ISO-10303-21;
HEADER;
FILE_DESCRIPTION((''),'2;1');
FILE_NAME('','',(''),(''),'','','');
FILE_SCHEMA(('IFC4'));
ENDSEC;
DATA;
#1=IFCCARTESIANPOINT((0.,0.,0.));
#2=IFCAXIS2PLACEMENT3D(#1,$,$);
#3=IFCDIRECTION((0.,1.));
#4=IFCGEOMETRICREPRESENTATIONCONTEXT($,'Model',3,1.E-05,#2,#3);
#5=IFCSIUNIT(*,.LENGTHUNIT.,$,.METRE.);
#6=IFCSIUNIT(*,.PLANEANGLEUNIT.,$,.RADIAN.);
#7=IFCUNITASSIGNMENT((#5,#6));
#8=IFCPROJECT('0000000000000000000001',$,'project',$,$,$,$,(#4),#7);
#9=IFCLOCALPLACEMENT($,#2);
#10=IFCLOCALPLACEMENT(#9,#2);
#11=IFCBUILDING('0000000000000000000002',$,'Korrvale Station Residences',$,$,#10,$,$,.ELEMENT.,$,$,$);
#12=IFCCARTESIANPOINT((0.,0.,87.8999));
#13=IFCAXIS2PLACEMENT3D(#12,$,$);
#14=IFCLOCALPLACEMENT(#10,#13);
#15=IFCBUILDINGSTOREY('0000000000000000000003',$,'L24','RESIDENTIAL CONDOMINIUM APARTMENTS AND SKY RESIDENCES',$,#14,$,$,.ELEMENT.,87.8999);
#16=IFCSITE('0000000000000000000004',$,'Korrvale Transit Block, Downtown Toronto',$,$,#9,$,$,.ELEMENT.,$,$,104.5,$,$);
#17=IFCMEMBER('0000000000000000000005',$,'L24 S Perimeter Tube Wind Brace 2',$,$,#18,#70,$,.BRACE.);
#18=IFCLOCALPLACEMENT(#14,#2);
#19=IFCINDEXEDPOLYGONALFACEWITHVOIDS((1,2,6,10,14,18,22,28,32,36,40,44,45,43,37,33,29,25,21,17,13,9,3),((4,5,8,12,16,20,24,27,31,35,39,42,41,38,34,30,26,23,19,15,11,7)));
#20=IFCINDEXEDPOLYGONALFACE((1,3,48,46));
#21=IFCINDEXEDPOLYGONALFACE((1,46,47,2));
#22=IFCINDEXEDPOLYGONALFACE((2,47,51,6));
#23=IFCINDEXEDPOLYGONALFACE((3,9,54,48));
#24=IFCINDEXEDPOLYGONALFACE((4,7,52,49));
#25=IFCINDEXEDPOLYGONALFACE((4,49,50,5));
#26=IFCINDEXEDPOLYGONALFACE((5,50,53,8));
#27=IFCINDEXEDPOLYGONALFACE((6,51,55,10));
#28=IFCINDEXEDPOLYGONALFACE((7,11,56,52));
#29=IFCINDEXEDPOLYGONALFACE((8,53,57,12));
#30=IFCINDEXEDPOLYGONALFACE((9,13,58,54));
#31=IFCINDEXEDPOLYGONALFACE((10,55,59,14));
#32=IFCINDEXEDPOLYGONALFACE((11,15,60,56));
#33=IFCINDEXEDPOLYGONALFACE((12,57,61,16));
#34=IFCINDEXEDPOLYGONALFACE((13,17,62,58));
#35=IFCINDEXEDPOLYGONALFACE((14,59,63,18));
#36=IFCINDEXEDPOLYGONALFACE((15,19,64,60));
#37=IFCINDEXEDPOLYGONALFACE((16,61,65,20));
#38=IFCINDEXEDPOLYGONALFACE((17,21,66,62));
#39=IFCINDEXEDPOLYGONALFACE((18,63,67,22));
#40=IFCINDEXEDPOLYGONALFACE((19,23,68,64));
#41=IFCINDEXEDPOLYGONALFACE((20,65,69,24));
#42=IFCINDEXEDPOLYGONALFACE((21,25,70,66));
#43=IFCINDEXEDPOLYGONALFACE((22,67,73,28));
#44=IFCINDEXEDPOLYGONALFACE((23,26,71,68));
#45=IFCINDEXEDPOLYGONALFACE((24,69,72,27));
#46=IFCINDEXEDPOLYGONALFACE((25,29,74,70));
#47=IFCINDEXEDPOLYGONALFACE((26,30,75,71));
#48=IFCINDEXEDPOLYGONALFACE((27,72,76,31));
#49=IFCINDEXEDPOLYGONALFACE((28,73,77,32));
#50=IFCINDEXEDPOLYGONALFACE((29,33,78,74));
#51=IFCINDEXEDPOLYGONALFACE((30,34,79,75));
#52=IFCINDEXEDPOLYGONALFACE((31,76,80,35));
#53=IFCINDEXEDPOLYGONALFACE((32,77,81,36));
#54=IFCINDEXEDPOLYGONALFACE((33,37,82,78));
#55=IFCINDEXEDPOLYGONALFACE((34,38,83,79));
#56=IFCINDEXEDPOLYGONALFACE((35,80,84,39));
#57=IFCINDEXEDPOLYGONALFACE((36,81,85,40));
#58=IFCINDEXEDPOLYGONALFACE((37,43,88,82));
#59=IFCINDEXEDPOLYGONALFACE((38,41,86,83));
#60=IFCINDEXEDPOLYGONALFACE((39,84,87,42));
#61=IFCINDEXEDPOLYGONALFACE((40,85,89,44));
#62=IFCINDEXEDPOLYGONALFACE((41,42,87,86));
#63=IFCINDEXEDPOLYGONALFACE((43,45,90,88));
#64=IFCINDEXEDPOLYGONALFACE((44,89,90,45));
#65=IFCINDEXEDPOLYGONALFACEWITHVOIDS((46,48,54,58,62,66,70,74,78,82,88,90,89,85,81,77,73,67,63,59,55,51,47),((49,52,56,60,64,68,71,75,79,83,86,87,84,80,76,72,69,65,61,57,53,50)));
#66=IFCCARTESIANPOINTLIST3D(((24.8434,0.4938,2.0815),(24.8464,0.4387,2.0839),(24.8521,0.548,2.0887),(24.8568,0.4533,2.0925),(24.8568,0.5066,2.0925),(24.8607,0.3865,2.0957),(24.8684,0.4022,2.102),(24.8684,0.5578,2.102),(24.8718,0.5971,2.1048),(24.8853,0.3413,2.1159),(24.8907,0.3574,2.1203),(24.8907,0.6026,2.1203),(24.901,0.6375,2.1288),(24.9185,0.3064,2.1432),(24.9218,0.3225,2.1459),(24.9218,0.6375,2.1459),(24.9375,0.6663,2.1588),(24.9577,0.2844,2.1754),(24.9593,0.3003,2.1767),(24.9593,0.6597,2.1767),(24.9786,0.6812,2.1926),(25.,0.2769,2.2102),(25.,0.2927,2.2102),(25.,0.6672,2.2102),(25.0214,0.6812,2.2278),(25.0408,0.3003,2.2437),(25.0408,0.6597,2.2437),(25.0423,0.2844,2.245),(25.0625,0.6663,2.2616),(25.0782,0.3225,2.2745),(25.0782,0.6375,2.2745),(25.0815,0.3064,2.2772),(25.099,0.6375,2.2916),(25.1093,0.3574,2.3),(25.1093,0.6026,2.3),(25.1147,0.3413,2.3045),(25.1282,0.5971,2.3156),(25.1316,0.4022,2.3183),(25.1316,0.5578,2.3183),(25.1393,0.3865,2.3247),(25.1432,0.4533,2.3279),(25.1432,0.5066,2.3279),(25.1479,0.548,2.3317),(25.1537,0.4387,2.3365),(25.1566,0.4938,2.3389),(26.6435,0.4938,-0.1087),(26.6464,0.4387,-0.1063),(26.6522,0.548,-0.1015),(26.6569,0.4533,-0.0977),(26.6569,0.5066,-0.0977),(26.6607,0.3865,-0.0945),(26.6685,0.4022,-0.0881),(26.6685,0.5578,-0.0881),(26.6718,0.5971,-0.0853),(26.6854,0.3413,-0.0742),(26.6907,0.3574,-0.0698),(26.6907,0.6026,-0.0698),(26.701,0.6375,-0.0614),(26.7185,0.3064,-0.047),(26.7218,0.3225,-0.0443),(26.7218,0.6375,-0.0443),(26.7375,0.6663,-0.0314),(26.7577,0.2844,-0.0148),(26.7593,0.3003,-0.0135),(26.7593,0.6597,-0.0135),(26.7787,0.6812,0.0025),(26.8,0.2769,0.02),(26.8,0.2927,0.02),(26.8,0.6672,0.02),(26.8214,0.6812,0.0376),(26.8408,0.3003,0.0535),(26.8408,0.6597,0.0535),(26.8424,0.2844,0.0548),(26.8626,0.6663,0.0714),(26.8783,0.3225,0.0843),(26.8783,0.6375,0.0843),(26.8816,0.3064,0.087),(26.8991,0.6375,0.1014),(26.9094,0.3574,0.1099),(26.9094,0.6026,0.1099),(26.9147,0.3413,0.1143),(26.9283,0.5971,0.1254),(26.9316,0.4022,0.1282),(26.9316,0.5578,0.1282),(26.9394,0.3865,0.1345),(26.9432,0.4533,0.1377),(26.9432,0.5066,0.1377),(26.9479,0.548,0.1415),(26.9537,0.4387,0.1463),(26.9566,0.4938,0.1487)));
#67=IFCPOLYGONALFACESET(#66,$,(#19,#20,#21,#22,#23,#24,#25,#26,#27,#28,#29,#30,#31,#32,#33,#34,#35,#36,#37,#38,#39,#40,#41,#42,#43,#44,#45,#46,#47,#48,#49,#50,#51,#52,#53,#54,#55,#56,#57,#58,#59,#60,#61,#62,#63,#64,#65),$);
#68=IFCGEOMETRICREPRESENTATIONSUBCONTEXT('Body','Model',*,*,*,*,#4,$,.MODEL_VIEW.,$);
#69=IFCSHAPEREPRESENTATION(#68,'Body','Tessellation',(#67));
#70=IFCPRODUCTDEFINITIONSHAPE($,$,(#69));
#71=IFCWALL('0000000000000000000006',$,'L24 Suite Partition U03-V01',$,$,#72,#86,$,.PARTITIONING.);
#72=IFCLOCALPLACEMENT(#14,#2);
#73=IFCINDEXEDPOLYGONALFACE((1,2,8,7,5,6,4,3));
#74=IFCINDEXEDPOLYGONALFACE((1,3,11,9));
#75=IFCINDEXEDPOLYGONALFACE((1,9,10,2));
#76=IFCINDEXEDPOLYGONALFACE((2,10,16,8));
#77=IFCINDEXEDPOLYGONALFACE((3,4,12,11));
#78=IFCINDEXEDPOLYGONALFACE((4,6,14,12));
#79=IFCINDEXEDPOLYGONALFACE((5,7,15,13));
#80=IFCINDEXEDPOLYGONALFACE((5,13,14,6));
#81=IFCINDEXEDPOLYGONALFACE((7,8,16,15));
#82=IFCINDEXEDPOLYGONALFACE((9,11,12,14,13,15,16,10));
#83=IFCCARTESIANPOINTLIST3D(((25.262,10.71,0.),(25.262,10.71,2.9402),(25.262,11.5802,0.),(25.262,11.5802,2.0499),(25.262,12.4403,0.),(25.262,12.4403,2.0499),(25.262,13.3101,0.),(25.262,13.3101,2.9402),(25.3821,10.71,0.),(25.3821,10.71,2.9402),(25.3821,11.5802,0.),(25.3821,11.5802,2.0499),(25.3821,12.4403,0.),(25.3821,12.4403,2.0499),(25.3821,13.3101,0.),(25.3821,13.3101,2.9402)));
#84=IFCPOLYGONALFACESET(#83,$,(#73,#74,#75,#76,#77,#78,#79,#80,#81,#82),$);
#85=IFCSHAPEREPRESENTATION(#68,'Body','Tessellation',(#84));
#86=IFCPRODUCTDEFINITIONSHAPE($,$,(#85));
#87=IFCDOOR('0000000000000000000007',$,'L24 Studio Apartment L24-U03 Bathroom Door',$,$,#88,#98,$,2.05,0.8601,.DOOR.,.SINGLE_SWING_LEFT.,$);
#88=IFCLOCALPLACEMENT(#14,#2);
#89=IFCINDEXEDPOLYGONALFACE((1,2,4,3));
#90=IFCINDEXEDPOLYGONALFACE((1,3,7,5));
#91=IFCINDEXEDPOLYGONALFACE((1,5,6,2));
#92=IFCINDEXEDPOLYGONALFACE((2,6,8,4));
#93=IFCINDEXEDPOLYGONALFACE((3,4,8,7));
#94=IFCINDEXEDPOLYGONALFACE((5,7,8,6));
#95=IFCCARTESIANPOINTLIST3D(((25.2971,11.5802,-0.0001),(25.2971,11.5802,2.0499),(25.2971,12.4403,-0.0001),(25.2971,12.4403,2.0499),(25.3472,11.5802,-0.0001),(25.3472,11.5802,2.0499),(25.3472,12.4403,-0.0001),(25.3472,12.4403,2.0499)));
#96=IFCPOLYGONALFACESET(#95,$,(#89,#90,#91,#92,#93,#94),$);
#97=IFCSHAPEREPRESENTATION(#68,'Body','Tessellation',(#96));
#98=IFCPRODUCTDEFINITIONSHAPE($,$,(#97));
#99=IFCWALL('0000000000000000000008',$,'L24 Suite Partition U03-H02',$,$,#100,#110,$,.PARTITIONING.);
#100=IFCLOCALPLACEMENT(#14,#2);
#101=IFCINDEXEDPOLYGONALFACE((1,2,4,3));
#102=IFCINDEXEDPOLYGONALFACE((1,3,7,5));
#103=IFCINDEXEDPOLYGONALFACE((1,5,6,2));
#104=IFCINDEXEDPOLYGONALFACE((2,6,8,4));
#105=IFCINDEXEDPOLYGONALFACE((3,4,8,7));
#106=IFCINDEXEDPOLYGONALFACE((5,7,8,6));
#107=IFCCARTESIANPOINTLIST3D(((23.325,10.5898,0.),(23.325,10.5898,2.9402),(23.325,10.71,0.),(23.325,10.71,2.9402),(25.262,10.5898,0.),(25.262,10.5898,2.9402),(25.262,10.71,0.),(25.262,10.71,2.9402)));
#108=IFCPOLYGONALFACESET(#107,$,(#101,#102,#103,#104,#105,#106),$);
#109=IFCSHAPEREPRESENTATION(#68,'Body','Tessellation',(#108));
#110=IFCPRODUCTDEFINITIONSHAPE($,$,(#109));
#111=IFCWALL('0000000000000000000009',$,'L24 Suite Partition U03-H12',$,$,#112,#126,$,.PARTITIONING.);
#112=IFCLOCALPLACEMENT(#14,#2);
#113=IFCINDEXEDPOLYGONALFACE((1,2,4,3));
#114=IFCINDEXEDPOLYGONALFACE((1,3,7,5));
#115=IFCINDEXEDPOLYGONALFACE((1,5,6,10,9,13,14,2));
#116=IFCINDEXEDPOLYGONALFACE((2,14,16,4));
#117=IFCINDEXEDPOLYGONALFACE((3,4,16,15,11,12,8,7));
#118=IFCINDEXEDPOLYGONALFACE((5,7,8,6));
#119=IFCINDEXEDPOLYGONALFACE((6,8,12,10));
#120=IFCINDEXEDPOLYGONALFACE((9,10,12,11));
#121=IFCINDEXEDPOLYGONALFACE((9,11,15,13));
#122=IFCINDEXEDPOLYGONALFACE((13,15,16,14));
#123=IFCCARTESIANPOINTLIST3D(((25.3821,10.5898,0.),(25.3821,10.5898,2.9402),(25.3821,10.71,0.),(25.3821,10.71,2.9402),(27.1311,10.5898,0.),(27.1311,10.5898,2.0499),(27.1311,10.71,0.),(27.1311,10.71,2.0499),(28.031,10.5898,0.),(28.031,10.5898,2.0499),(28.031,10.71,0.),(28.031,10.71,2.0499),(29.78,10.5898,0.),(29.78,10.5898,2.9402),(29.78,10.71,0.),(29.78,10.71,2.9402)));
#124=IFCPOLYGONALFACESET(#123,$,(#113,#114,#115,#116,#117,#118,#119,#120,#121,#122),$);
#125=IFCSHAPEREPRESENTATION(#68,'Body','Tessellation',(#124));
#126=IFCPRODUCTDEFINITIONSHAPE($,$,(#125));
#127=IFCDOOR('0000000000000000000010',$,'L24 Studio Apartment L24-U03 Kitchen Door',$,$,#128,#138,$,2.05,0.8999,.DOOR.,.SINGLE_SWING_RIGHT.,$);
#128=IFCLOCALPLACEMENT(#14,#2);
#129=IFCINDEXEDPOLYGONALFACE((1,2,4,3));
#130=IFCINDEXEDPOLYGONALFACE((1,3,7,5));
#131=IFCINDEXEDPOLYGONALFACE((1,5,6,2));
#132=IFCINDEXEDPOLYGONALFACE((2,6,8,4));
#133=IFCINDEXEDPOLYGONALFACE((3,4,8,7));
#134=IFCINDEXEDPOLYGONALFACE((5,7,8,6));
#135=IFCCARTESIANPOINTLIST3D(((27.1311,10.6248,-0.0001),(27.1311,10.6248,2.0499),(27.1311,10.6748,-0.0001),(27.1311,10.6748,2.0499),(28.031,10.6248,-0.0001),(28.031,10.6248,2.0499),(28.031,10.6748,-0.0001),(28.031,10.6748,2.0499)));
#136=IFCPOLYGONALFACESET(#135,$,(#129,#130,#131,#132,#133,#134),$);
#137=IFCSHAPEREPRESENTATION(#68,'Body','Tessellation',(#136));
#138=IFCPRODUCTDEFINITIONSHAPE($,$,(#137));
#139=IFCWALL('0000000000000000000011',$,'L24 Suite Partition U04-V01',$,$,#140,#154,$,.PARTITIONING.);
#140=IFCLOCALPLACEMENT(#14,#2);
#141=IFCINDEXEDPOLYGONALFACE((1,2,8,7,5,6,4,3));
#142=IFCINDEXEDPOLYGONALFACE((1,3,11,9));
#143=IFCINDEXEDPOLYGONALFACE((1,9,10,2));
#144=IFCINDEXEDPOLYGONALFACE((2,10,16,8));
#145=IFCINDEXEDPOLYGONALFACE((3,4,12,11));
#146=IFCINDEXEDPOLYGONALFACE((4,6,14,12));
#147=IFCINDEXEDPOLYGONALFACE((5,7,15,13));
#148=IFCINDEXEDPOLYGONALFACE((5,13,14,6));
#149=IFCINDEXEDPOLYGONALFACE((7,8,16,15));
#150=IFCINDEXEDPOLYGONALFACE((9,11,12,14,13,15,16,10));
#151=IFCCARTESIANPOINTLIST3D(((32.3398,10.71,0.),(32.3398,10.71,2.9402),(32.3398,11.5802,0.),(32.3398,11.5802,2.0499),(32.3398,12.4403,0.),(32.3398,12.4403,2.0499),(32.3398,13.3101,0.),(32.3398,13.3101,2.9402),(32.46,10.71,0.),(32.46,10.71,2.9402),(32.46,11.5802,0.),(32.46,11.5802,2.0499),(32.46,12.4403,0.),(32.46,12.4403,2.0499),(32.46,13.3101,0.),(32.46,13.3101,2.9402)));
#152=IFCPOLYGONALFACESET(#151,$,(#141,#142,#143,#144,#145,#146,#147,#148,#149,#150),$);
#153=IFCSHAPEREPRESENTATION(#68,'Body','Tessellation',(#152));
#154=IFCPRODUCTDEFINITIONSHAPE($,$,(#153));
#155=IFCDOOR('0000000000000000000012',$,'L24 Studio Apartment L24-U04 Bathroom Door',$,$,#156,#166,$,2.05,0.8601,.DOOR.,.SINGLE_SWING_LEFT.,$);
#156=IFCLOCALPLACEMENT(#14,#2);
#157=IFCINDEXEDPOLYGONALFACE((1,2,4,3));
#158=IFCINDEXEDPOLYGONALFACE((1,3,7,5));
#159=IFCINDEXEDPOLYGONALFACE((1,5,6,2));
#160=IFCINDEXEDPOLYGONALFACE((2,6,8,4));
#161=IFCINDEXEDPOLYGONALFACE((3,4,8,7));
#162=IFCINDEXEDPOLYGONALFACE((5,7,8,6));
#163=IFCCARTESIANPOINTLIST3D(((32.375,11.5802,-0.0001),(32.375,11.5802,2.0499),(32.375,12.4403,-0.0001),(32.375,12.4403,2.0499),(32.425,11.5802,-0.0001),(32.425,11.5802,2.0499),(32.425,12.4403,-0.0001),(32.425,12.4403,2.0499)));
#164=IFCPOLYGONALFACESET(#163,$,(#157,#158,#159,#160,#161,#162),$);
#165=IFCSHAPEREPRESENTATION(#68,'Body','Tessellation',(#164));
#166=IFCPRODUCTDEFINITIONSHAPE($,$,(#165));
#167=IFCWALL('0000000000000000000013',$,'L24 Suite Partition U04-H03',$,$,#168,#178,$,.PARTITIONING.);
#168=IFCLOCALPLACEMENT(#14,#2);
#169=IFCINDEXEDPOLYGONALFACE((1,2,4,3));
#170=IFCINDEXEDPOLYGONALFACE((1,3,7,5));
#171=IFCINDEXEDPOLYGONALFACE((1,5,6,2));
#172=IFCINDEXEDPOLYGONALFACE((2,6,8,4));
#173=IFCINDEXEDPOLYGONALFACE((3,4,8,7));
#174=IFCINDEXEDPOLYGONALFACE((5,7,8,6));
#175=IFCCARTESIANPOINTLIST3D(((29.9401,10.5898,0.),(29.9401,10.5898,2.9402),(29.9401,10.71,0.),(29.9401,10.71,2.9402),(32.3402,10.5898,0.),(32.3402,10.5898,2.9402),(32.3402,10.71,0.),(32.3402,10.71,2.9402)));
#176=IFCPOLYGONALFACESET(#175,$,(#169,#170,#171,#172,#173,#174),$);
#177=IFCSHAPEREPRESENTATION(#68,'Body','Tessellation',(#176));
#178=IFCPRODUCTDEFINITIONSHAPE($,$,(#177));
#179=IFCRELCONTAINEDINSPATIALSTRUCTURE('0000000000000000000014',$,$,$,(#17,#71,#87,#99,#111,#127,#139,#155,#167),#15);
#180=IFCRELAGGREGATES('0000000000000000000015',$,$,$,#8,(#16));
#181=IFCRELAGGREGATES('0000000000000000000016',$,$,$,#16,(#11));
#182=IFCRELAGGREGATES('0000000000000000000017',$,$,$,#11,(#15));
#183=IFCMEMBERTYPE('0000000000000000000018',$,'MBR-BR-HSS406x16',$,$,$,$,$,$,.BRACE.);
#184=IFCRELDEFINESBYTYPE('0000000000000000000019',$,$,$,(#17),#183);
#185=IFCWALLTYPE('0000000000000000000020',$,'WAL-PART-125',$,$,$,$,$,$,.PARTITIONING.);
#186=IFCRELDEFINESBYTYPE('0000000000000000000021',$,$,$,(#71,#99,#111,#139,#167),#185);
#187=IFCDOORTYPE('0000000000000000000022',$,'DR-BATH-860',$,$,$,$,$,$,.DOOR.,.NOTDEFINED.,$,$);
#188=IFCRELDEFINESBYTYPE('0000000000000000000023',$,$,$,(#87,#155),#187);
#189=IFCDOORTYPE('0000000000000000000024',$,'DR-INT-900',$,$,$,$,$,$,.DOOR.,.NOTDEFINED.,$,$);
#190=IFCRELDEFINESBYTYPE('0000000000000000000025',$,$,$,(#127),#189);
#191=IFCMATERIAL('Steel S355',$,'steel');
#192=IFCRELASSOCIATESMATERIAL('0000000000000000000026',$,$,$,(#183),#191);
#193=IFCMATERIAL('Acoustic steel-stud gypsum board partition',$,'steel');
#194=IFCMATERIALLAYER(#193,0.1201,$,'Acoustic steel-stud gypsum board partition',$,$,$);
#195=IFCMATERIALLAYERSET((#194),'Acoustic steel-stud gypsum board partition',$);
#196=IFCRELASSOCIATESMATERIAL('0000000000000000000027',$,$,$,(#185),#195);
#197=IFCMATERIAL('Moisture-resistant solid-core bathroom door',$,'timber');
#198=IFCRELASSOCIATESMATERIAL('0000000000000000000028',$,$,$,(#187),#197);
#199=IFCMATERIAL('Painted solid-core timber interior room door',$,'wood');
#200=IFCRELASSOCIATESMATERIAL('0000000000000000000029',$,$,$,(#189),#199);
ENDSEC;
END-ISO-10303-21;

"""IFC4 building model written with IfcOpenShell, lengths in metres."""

from ifc_helpers import new_model, si_unit, direction, frame, frame_2d, origin, origin_2d, place, context, subcontext, project, spatial, rectangle, hollow_circle, extrude, material, layer, layer_set, material_profile, profile_set, type_object, element, fill, save


model = new_model("IFC4")

# Units and contexts
model_context = context("Model", 3, precision=1e-05, world=origin(), true_north=direction((0.0, 1.0)))
body_context = subcontext(model_context, "Body", "Model", "MODEL_VIEW")
ifc_project = project(units=[si_unit("LENGTHUNIT", "METRE"), si_unit("PLANEANGLEUNIT", "RADIAN")], contexts=[model_context])

# Site, building, storey
site_placement = place(None, origin())
site = spatial("IfcSite", under=ifc_project, at=site_placement, Name="Korrvale Transit Block, Downtown Toronto", CompositionType="ELEMENT", RefElevation=104.5)
building_placement = place(site_placement, origin())
building = spatial("IfcBuilding", under=site, at=building_placement, Name="Korrvale Station Residences", CompositionType="ELEMENT")
storey_placement = place(building_placement, frame((0.0, 0.0, 87.8999)))
storey = spatial("IfcBuildingStorey", under=building, at=storey_placement, Name="L24", Description="RESIDENTIAL CONDOMINIUM APARTMENTS AND SKY RESIDENCES", CompositionType="ELEMENT", Elevation=87.8999)

# Shared definitions
ifc_material_1 = material(Name="Steel S355", Category="steel")

# Member
ifc_material_profile_1 = material_profile(ifc_material_1, hollow_circle(Radius=0.2031, WallThickness=0.0159, at=origin_2d()), Name="HSS406x16")
ifc_profile_set_1 = profile_set([ifc_material_profile_1], Name="Steel S355")
member_type = type_object("IfcMemberType", Name="MBR-BR-HSS406x16", PredefinedType="BRACE", material=ifc_profile_set_1)
member_placement = place(storey_placement, frame((26.8, 0.48, 0.02), z_axis=(-0.634943, 0.0, 0.772559), x_axis=(0.0, -1.0, 0.0)))
element("IfcMember", 1, at=member_placement, inside=storey, type_object=member_type, Name="L24 S Perimeter Tube Wind Brace 2", PredefinedType="BRACE", context=body_context, shape_type="SweptSolid", body=[
    extrude(hollow_circle(Radius=0.2031, WallThickness=0.0159, at=origin_2d()), origin(), (0.0, 0.0, 1.0), 2.835),
])

# Wall, opening, door
ifc_material_2 = material(Name="Acoustic steel-stud gypsum board partition", Category="steel")
ifc_layer_1 = layer(ifc_material_2, 0.1201, Name="Acoustic steel-stud gypsum board partition")
ifc_layer_set_1 = layer_set([ifc_layer_1], Name="Acoustic steel-stud gypsum board partition")
wall_type_1 = type_object("IfcWallType", Name="WAL-PART-125", PredefinedType="PARTITIONING", material=ifc_layer_set_1)
wall_1_placement = place(storey_placement, frame((25.322, 10.71, 0.0), z_axis=(0.0, 0.0, 1.0), x_axis=(0.0, 1.0, 0.0)))
wall_1 = element("IfcWall", 2, at=wall_1_placement, inside=storey, type_object=wall_type_1, Name="L24 Suite Partition U03-V01", PredefinedType="PARTITIONING", context=body_context, shape_type="SweptSolid", body=[
    extrude(rectangle(XDim=2.6001, YDim=0.1201, at=frame_2d((1.3, 0.0))), origin(), (0.0, 0.0, 1.0), 2.9402),
])
opening_1_placement = place(wall_1_placement, frame((0.8701, 0.0, 0.0)))
opening_1 = element("IfcOpeningElement", 3, at=opening_1_placement, cuts=wall_1, PredefinedType="OPENING", context=body_context, shape_type="SweptSolid", body=[
    extrude(rectangle(XDim=0.8601, YDim=2.05, at=frame_2d((0.4302, 1.0249))), frame((0.0, 0.0701, 0.0), z_axis=(0.0, -1.0, 0.0), x_axis=(1.0, 0.0, 0.0)), (0.0, 0.0, 1.0), 0.1401),
])
ifc_material_3 = material(Name="Moisture-resistant solid-core bathroom door", Category="timber")
door_type_1 = type_object("IfcDoorType", Name="DR-BATH-860", OperationType="NOTDEFINED", PredefinedType="DOOR", material=ifc_material_3)
door_1_placement = place(opening_1_placement, origin())
door_1 = element("IfcDoor", 4, at=door_1_placement, inside=storey, type_object=door_type_1, Name="L24 Studio Apartment L24-U03 Bathroom Door", OperationType="SINGLE_SWING_LEFT", OverallHeight=2.05, OverallWidth=0.8601, PredefinedType="DOOR", context=body_context, shape_type="SweptSolid", body=[
    extrude(rectangle(XDim=0.8601, YDim=2.05, at=frame_2d((0.4302, 1.0249))), frame((0.0, 0.0249, 0.0), z_axis=(0.0, -1.0, 0.0), x_axis=(1.0, 0.0, 0.0)), (0.0, 0.0, 1.0), 0.05),
])
fill(opening_1, door_1)

# Wall
wall_2_placement = place(storey_placement, frame((23.325, 10.6499, 0.0), z_axis=(0.0, 0.0, 1.0), x_axis=(1.0, 0.0, 0.0)))
element("IfcWall", 5, at=wall_2_placement, inside=storey, type_object=wall_type_1, Name="L24 Suite Partition U03-H02", PredefinedType="PARTITIONING", context=body_context, shape_type="SweptSolid", body=[
    extrude(rectangle(XDim=1.937, YDim=0.1201, at=frame_2d((0.9685, 0.0))), origin(), (0.0, 0.0, 1.0), 2.9402),
])

# Walls, openings, doors
wall_3_placement = place(storey_placement, frame((25.3821, 10.6499, 0.0), z_axis=(0.0, 0.0, 1.0), x_axis=(1.0, 0.0, 0.0)))
wall_3 = element("IfcWall", 6, at=wall_3_placement, inside=storey, type_object=wall_type_1, Name="L24 Suite Partition U03-H12", PredefinedType="PARTITIONING", context=body_context, shape_type="SweptSolid", body=[
    extrude(rectangle(XDim=4.3979, YDim=0.1201, at=frame_2d((2.199, 0.0))), origin(), (0.0, 0.0, 1.0), 2.9402),
])
opening_2_placement = place(wall_3_placement, frame((1.749, 0.0, 0.0)))
opening_2 = element("IfcOpeningElement", 7, at=opening_2_placement, cuts=wall_3, PredefinedType="OPENING", context=body_context, shape_type="SweptSolid", body=[
    extrude(rectangle(XDim=0.8999, YDim=2.05, at=frame_2d((0.45, 1.0249))), frame((0.0, 0.0701, 0.0), z_axis=(0.0, -1.0, 0.0), x_axis=(1.0, 0.0, 0.0)), (0.0, 0.0, 1.0), 0.1401),
])
ifc_material_4 = material(Name="Painted solid-core timber interior room door", Category="wood")
door_type_2 = type_object("IfcDoorType", Name="DR-INT-900", OperationType="NOTDEFINED", PredefinedType="DOOR", material=ifc_material_4)
door_2_placement = place(opening_2_placement, origin())
door_2 = element("IfcDoor", 8, at=door_2_placement, inside=storey, type_object=door_type_2, Name="L24 Studio Apartment L24-U03 Kitchen Door", OperationType="SINGLE_SWING_RIGHT", OverallHeight=2.05, OverallWidth=0.8999, PredefinedType="DOOR", context=body_context, shape_type="SweptSolid", body=[
    extrude(rectangle(XDim=0.8999, YDim=2.05, at=frame_2d((0.45, 1.0249))), frame((0.0, 0.0249, 0.0), z_axis=(0.0, -1.0, 0.0), x_axis=(1.0, 0.0, 0.0)), (0.0, 0.0, 1.0), 0.05),
])
fill(opening_2, door_2)
wall_4_placement = place(storey_placement, frame((32.3999, 10.71, 0.0), z_axis=(0.0, 0.0, 1.0), x_axis=(0.0, 1.0, 0.0)))
wall_4 = element("IfcWall", 9, at=wall_4_placement, inside=storey, type_object=wall_type_1, Name="L24 Suite Partition U04-V01", PredefinedType="PARTITIONING", context=body_context, shape_type="SweptSolid", body=[
    extrude(rectangle(XDim=2.6001, YDim=0.1201, at=frame_2d((1.3, 0.0))), origin(), (0.0, 0.0, 1.0), 2.9402),
])
opening_3_placement = place(wall_4_placement, frame((0.8701, 0.0, 0.0)))
opening_3 = element("IfcOpeningElement", 10, at=opening_3_placement, cuts=wall_4, PredefinedType="OPENING", context=body_context, shape_type="SweptSolid", body=[
    extrude(rectangle(XDim=0.8601, YDim=2.05, at=frame_2d((0.4302, 1.0249))), frame((0.0, 0.0701, 0.0), z_axis=(0.0, -1.0, 0.0), x_axis=(1.0, 0.0, 0.0)), (0.0, 0.0, 1.0), 0.1401),
])
door_3_placement = place(opening_3_placement, origin())
door_3 = element("IfcDoor", 11, at=door_3_placement, inside=storey, type_object=door_type_1, Name="L24 Studio Apartment L24-U04 Bathroom Door", OperationType="SINGLE_SWING_LEFT", OverallHeight=2.05, OverallWidth=0.8601, PredefinedType="DOOR", context=body_context, shape_type="SweptSolid", body=[
    extrude(rectangle(XDim=0.8601, YDim=2.05, at=frame_2d((0.4302, 1.0249))), frame((0.0, 0.0249, 0.0), z_axis=(0.0, -1.0, 0.0), x_axis=(1.0, 0.0, 0.0)), (0.0, 0.0, 1.0), 0.05),
])
fill(opening_3, door_3)

# Wall
wall_5_placement = place(storey_placement, frame((29.9399, 10.6499, 0.0), z_axis=(0.0, 0.0, 1.0), x_axis=(1.0, 0.0, 0.0)))
element("IfcWall", 12, at=wall_5_placement, inside=storey, type_object=wall_type_1, Name="L24 Suite Partition U04-H03", PredefinedType="PARTITIONING", context=body_context, shape_type="SweptSolid", body=[
    extrude(rectangle(XDim=2.4001, YDim=0.1201, at=frame_2d((1.2002, 0.0))), origin(), (0.0, 0.0, 1.0), 2.9402),
])

save(model, "model.ifc")
